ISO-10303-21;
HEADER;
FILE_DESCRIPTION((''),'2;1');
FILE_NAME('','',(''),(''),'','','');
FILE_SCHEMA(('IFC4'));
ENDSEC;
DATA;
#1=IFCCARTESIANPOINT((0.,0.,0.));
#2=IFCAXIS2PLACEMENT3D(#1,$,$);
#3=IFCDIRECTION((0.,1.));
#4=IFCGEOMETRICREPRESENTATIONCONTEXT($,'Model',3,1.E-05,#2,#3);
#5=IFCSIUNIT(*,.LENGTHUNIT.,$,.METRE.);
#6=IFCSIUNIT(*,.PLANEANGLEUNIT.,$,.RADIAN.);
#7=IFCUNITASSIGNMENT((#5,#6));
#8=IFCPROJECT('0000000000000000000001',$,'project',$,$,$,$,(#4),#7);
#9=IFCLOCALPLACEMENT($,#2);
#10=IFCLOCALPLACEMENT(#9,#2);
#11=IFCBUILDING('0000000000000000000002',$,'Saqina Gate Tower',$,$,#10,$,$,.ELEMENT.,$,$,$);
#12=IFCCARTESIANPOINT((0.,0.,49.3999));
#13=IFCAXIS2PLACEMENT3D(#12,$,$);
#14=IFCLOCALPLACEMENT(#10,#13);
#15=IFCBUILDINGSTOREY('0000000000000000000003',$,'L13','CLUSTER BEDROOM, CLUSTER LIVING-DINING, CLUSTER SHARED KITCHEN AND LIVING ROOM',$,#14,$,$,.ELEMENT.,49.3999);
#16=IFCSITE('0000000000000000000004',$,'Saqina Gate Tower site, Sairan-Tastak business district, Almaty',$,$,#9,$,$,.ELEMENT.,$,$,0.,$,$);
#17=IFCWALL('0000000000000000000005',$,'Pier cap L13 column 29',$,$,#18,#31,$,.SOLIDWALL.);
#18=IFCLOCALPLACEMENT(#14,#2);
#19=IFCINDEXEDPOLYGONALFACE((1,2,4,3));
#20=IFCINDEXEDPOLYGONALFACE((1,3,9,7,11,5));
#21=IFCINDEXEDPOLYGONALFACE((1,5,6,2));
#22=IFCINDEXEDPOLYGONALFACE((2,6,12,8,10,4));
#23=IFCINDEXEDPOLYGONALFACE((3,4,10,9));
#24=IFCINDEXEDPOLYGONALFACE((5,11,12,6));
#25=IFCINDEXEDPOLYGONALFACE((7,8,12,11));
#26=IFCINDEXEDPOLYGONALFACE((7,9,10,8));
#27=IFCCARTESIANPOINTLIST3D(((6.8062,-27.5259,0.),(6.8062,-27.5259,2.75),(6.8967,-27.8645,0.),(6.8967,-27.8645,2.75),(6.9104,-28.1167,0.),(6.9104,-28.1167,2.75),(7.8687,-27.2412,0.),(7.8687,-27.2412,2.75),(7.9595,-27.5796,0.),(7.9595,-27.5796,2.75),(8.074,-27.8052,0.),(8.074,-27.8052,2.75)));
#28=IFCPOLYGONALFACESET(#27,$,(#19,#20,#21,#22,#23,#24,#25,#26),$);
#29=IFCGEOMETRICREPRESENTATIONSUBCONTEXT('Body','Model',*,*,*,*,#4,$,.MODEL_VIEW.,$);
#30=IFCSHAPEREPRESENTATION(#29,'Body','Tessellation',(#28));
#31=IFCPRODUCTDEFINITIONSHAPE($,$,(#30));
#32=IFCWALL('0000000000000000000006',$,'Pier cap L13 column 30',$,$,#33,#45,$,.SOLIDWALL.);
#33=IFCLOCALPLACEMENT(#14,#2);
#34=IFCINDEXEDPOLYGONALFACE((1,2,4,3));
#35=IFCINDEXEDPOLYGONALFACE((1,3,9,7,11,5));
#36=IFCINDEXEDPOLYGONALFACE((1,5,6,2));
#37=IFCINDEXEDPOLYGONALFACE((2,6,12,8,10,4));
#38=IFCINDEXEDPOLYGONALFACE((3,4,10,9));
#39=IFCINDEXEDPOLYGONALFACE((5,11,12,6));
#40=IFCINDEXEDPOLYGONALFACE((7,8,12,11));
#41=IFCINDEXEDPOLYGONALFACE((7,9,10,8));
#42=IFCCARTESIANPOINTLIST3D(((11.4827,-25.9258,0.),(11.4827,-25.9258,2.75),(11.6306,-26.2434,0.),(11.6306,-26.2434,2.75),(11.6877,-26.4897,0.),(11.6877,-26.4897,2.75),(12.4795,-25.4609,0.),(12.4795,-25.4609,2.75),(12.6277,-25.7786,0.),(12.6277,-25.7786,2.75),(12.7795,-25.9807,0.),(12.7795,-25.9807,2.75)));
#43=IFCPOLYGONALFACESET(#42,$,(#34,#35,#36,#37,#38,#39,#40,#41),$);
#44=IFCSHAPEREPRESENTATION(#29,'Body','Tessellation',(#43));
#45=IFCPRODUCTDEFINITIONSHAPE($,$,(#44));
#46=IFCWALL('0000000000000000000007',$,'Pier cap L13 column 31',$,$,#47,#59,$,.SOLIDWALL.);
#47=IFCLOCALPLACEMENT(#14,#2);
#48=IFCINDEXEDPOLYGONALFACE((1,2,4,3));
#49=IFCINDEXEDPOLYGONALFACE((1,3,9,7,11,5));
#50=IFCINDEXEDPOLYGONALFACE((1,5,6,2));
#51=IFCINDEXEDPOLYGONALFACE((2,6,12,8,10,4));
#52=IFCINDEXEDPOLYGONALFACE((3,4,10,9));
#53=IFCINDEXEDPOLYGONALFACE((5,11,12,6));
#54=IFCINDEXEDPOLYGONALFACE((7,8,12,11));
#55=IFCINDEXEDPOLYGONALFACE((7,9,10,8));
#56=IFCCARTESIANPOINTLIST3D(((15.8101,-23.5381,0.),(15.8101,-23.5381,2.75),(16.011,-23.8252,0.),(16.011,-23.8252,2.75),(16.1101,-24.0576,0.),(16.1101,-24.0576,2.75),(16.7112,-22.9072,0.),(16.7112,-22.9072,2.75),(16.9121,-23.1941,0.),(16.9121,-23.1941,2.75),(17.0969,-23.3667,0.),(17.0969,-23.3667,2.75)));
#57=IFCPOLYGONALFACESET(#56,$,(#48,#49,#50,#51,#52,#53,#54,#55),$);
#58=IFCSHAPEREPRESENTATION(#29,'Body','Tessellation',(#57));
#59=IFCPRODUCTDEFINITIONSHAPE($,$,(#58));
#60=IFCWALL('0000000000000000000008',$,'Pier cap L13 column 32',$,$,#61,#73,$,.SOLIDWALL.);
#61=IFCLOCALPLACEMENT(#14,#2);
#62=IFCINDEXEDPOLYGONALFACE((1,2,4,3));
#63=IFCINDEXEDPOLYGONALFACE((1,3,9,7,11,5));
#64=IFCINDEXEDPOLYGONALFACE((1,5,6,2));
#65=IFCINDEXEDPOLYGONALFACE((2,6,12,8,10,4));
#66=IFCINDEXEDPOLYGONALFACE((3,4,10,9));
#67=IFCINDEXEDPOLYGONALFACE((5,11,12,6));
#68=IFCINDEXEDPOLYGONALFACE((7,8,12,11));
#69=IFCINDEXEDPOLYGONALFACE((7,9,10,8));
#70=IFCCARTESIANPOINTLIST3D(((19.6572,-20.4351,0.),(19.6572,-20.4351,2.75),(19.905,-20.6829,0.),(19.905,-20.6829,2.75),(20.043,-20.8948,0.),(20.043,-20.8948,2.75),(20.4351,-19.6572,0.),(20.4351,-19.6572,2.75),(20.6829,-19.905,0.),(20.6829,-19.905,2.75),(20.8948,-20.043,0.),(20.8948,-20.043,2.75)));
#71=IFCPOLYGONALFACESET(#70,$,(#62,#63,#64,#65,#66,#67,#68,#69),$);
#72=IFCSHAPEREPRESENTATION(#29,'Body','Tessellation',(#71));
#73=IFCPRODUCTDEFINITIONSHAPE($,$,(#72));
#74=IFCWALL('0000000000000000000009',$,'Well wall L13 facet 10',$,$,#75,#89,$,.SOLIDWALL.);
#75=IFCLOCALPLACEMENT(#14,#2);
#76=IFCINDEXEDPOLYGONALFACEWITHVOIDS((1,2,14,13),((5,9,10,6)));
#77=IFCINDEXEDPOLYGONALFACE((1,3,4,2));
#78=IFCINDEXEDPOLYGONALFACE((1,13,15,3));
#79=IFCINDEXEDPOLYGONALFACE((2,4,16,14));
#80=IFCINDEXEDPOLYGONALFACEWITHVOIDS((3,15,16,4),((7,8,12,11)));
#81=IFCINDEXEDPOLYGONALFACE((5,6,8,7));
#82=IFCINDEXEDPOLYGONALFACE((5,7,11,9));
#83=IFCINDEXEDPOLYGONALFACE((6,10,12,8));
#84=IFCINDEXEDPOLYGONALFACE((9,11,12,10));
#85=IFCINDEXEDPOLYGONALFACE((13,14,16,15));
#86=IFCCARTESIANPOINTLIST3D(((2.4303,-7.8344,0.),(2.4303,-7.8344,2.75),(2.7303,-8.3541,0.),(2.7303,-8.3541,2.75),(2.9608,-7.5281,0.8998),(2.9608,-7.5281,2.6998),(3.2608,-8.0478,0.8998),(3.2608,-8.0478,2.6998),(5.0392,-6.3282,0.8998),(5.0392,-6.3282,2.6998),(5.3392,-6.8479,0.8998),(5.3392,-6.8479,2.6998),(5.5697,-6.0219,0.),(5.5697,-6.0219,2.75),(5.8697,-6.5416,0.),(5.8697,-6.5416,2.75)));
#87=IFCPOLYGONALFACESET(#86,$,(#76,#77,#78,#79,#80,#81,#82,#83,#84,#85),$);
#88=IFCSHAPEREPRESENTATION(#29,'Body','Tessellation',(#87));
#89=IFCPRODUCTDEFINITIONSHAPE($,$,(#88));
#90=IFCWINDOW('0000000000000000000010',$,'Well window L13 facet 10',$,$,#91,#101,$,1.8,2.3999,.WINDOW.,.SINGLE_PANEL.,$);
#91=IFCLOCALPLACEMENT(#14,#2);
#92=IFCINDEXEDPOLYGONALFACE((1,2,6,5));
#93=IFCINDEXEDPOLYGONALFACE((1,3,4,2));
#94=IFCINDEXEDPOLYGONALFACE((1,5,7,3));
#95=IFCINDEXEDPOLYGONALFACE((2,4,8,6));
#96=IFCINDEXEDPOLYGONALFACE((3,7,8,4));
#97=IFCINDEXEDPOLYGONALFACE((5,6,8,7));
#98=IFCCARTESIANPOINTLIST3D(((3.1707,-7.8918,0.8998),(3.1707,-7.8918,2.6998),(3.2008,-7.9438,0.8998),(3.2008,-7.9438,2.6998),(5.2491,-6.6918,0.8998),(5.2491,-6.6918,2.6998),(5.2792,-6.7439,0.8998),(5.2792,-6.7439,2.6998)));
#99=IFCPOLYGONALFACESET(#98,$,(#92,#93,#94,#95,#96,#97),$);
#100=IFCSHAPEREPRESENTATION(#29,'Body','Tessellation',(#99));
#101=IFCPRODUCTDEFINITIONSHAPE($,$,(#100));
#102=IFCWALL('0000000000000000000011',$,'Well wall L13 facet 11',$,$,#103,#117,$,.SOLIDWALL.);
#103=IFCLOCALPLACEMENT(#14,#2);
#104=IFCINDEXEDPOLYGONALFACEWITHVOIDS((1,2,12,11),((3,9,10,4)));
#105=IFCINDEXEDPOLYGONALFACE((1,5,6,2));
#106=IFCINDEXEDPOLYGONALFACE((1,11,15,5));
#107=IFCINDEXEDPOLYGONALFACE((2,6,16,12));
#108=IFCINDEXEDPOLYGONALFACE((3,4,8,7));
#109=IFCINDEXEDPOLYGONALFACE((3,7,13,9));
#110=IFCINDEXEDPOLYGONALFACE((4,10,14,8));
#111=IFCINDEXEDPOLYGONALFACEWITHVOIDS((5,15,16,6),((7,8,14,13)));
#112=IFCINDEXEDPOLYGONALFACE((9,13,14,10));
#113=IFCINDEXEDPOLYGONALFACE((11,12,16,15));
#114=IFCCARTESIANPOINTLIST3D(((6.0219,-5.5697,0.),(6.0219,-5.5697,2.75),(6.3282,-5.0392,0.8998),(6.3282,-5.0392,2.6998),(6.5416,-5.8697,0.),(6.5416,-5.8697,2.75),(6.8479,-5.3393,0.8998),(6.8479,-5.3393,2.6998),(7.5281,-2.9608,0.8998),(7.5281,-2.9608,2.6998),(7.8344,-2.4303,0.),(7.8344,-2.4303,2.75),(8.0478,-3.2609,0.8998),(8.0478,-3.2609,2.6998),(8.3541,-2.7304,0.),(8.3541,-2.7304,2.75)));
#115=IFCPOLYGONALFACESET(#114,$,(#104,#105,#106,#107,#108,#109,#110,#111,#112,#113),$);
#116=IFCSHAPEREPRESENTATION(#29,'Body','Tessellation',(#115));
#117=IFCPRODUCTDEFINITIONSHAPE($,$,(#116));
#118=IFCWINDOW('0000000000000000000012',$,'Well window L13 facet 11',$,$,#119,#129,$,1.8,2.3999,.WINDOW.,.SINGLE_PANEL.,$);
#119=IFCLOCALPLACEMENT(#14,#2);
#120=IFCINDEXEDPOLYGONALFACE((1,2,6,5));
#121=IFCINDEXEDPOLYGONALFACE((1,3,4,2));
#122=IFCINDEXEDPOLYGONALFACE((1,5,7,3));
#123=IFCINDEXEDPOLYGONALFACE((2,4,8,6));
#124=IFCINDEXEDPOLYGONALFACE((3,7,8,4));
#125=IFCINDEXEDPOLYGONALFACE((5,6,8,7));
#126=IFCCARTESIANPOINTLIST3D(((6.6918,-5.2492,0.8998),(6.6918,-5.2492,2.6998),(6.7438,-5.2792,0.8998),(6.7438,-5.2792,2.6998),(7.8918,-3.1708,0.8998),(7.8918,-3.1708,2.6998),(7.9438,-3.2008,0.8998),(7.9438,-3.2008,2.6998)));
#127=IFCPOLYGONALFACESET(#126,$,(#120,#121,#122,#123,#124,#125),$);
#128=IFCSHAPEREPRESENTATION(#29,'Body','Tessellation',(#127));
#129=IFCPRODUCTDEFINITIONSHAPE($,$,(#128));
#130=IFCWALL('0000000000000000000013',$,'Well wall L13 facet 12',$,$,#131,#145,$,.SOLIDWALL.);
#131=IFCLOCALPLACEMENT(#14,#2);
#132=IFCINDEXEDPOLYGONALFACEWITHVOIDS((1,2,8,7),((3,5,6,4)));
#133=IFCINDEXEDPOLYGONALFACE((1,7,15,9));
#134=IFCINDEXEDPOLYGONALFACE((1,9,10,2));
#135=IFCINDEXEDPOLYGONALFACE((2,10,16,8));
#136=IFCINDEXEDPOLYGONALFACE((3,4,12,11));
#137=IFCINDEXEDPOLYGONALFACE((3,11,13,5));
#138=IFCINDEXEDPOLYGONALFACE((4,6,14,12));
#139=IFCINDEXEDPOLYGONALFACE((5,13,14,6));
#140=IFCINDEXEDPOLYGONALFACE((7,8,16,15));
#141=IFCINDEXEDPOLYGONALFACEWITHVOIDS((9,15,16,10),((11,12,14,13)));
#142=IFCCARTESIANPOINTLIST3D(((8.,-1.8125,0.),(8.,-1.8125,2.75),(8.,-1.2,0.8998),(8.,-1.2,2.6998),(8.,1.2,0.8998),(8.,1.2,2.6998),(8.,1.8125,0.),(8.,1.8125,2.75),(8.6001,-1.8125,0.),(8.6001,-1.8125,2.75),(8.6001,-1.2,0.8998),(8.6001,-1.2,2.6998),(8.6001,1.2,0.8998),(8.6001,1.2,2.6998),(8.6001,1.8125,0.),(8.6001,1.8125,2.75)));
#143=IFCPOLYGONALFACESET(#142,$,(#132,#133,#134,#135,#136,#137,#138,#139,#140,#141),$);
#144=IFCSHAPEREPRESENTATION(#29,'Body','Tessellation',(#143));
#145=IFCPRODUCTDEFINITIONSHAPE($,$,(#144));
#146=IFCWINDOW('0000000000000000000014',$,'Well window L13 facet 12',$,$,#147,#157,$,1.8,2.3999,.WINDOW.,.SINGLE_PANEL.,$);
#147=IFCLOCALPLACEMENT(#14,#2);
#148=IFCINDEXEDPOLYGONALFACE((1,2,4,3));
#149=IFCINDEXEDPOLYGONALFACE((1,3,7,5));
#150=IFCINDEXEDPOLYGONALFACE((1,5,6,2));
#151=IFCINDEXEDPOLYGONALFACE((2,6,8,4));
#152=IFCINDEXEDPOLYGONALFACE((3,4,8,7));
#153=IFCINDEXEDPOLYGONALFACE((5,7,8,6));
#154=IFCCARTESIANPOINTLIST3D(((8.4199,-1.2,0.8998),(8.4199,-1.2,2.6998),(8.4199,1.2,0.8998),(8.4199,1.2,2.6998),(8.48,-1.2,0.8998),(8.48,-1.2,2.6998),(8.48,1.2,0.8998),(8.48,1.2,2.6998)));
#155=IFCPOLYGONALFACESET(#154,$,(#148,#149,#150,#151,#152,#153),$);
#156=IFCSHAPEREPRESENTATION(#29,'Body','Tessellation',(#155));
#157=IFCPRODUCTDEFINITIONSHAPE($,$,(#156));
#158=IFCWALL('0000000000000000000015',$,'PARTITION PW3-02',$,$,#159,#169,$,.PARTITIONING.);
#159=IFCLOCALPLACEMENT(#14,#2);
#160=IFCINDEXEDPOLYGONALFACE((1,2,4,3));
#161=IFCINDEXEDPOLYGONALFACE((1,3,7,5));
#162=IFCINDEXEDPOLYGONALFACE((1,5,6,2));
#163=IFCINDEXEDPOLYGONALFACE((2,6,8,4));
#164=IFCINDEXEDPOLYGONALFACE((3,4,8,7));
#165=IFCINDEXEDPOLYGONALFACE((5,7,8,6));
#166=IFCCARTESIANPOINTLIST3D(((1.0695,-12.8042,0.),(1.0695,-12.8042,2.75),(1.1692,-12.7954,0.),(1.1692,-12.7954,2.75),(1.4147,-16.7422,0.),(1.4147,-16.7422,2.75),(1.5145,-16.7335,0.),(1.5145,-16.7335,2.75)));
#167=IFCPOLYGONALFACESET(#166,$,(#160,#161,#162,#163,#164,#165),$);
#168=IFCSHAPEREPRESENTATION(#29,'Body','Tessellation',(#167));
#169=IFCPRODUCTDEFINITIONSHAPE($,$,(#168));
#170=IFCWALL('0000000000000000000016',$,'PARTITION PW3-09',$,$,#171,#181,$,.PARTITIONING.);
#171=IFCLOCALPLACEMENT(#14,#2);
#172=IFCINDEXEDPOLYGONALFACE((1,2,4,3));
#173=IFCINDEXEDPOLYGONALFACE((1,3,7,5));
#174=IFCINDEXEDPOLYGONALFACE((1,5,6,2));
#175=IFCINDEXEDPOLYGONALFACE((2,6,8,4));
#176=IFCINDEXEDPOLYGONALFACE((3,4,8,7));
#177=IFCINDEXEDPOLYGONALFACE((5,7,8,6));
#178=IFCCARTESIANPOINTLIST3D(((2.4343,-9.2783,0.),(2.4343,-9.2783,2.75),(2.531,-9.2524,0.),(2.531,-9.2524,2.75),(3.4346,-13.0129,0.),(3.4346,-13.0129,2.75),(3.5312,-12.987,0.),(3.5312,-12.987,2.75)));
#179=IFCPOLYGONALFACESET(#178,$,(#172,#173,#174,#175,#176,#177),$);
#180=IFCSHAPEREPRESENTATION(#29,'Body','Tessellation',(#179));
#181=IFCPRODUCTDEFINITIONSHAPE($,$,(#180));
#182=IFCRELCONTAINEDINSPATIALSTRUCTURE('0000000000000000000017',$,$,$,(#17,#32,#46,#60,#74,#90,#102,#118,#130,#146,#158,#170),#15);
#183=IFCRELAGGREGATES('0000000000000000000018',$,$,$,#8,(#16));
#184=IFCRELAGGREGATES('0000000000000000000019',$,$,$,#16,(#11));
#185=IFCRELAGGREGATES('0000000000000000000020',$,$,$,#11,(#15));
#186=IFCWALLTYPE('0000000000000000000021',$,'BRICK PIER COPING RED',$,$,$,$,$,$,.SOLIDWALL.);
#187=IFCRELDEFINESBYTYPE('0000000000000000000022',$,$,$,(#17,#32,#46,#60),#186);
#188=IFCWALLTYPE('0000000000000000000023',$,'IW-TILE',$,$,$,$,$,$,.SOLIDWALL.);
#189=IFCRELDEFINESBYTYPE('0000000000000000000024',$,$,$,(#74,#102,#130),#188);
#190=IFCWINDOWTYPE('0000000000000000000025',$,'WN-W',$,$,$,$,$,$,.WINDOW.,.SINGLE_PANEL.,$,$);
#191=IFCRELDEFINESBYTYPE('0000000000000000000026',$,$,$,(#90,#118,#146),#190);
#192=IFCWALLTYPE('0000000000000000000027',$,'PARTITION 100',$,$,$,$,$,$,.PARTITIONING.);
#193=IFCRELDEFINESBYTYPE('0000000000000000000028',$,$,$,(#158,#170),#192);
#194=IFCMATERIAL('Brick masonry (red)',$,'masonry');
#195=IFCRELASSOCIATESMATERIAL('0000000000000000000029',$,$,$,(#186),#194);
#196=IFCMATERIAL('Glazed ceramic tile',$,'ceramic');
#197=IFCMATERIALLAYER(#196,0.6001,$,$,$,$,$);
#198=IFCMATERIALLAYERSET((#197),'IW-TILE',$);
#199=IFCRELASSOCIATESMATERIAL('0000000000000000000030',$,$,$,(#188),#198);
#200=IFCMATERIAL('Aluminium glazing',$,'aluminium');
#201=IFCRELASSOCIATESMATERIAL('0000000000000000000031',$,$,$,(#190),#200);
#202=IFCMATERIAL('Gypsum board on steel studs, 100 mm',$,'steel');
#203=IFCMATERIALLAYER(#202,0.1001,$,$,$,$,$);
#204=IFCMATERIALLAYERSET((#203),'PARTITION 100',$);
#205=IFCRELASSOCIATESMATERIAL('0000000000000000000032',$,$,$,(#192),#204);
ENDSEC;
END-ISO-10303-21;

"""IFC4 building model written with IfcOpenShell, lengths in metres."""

from ifc_helpers import new_model, si_unit, direction, frame, frame_2d, origin, place, context, subcontext, project, spatial, polyline, rectangle, outline, extrude, material, layer, layer_set, type_object, element, fill, save


model = new_model("IFC4")

# Units and contexts
model_context = context("Model", 3, precision=1e-05, world=origin(), true_north=direction((0.0, 1.0)))
body_context = subcontext(model_context, "Body", "Model", "MODEL_VIEW")
ifc_project = project(units=[si_unit("LENGTHUNIT", "METRE"), si_unit("PLANEANGLEUNIT", "RADIAN")], contexts=[model_context])

# Site, building, storey
site_placement = place(None, origin())
site = spatial("IfcSite", under=ifc_project, at=site_placement, Name="Saqina Gate Tower site, Sairan-Tastak business district, Almaty", CompositionType="ELEMENT", RefElevation=0.0)
building_placement = place(site_placement, origin())
building = spatial("IfcBuilding", under=site, at=building_placement, Name="Saqina Gate Tower", CompositionType="ELEMENT")
storey_placement = place(building_placement, frame((0.0, 0.0, 49.3999)))
storey = spatial("IfcBuildingStorey", under=building, at=storey_placement, Name="L13", Description="CLUSTER BEDROOM, CLUSTER LIVING-DINING, CLUSTER SHARED KITCHEN AND LIVING ROOM", CompositionType="ELEMENT", Elevation=49.3999)

# Walls
ifc_material_1 = material(Name="Brick masonry (red)", Category="masonry")
wall_type_1 = type_object("IfcWallType", Name="BRICK PIER COPING RED", PredefinedType="SOLIDWALL", material=ifc_material_1)
wall_1_placement = place(storey_placement, origin())
element("IfcWall", 1, at=wall_1_placement, inside=storey, type_object=wall_type_1, Name="Pier cap L13 column 29", PredefinedType="SOLIDWALL", context=body_context, shape_type="SweptSolid", body=[
    extrude(outline(polyline([(6.9104, -28.1167), (8.074, -27.8052), (7.8687, -27.2412), (7.9595, -27.5796), (6.8967, -27.8645), (6.8062, -27.5259), (6.9104, -28.1167)])), origin(), (0.0, 0.0, 1.0), 2.75),
])
wall_2_placement = place(storey_placement, origin())
element("IfcWall", 2, at=wall_2_placement, inside=storey, type_object=wall_type_1, Name="Pier cap L13 column 30", PredefinedType="SOLIDWALL", context=body_context, shape_type="SweptSolid", body=[
    extrude(outline(polyline([(12.7795, -25.9807), (12.4795, -25.4609), (12.6277, -25.7786), (11.6306, -26.2434), (11.4827, -25.9258), (11.6877, -26.4897), (12.7795, -25.9807)])), origin(), (0.0, 0.0, 1.0), 2.75),
])
wall_3_placement = place(storey_placement, origin())
element("IfcWall", 3, at=wall_3_placement, inside=storey, type_object=wall_type_1, Name="Pier cap L13 column 31", PredefinedType="SOLIDWALL", context=body_context, shape_type="SweptSolid", body=[
    extrude(outline(polyline([(16.1101, -24.0576), (17.0969, -23.3667), (16.7112, -22.9072), (16.9121, -23.1941), (16.011, -23.8252), (15.8101, -23.5381), (16.1101, -24.0576)])), origin(), (0.0, 0.0, 1.0), 2.75),
])
wall_4_placement = place(storey_placement, origin())
element("IfcWall", 4, at=wall_4_placement, inside=storey, type_object=wall_type_1, Name="Pier cap L13 column 32", PredefinedType="SOLIDWALL", context=body_context, shape_type="SweptSolid", body=[
    extrude(outline(polyline([(20.8948, -20.043), (20.4351, -19.6572), (20.6829, -19.905), (19.905, -20.6829), (19.6572, -20.4351), (20.043, -20.8948), (20.8948, -20.043)])), origin(), (0.0, 0.0, 1.0), 2.75),
])

# Walls, openings, windows
ifc_material_2 = material(Name="Glazed ceramic tile", Category="ceramic")
ifc_layer_1 = layer(ifc_material_2, 0.6001)
ifc_layer_set_1 = layer_set([ifc_layer_1], Name="IW-TILE")
wall_type_2 = type_object("IfcWallType", Name="IW-TILE", PredefinedType="SOLIDWALL", material=ifc_layer_set_1)
wall_5_placement = place(storey_placement, frame((2.5803, -8.0942, 0.0), z_axis=(0.0, 0.0, 1.0), x_axis=(0.86603, 0.499993, 0.0)))
wall_5 = element("IfcWall", 5, at=wall_5_placement, inside=storey, type_object=wall_type_2, Name="Well wall L13 facet 10", PredefinedType="SOLIDWALL", context=body_context, shape_type="SweptSolid", body=[
    extrude(rectangle(XDim=3.625, YDim=0.6001, at=frame_2d((1.8125, 0.0))), origin(), (0.0, 0.0, 1.0), 2.75),
])
opening_1_placement = place(wall_5_placement, frame((0.6125, 0.0, 0.8999)))
opening_1 = element("IfcOpeningElement", 6, at=opening_1_placement, cuts=wall_5, PredefinedType="OPENING", context=body_context, shape_type="SweptSolid", body=[
    extrude(rectangle(XDim=2.3999, YDim=1.8, at=frame_2d((1.2, 0.8999))), frame((0.0, 0.312, 0.0), z_axis=(0.0, -1.0, 0.0), x_axis=(1.0, 0.0, 0.0)), (0.0, 0.0, 1.0), 0.624),
])
ifc_material_3 = material(Name="Aluminium glazing", Category="aluminium")
window_type = type_object("IfcWindowType", Name="WN-W", PartitioningType="SINGLE_PANEL", PredefinedType="WINDOW", material=ifc_material_3)
window_1_placement = place(opening_1_placement, origin())
window_1 = element("IfcWindow", 7, at=window_1_placement, inside=storey, type_object=window_type, Name="Well window L13 facet 10", OverallHeight=1.8, OverallWidth=2.3999, PartitioningType="SINGLE_PANEL", PredefinedType="WINDOW", context=body_context, shape_type="SweptSolid", body=[
    extrude(rectangle(XDim=2.3999, YDim=1.8, at=frame_2d((1.2, 0.8999))), frame((0.0, -0.1199, 0.0), z_axis=(0.0, -1.0, 0.0), x_axis=(1.0, 0.0, 0.0)), (0.0, 0.0, 1.0), 0.0601),
])
fill(opening_1, window_1)
wall_6_placement = place(storey_placement, frame((6.2817, -5.7197, 0.0), z_axis=(0.0, 0.0, 1.0), x_axis=(0.499993, 0.86603, 0.0)))
wall_6 = element("IfcWall", 8, at=wall_6_placement, inside=storey, type_object=wall_type_2, Name="Well wall L13 facet 11", PredefinedType="SOLIDWALL", context=body_context, shape_type="SweptSolid", body=[
    extrude(rectangle(XDim=3.625, YDim=0.6001, at=frame_2d((1.8125, 0.0))), origin(), (0.0, 0.0, 1.0), 2.75),
])
opening_2_placement = place(wall_6_placement, frame((0.6125, 0.0, 0.8999)))
opening_2 = element("IfcOpeningElement", 9, at=opening_2_placement, cuts=wall_6, PredefinedType="OPENING", context=body_context, shape_type="SweptSolid", body=[
    extrude(rectangle(XDim=2.3999, YDim=1.8, at=frame_2d((1.2, 0.8999))), frame((0.0, 0.312, 0.0), z_axis=(0.0, -1.0, 0.0), x_axis=(1.0, 0.0, 0.0)), (0.0, 0.0, 1.0), 0.624),
])
window_2_placement = place(opening_2_placement, origin())
window_2 = element("IfcWindow", 10, at=window_2_placement, inside=storey, type_object=window_type, Name="Well window L13 facet 11", OverallHeight=1.8, OverallWidth=2.3999, PartitioningType="SINGLE_PANEL", PredefinedType="WINDOW", context=body_context, shape_type="SweptSolid", body=[
    extrude(rectangle(XDim=2.3999, YDim=1.8, at=frame_2d((1.2, 0.8999))), frame((0.0, -0.1199, 0.0), z_axis=(0.0, -1.0, 0.0), x_axis=(1.0, 0.0, 0.0)), (0.0, 0.0, 1.0), 0.0601),
])
fill(opening_2, window_2)
wall_7_placement = place(storey_placement, frame((8.3, -1.8125, 0.0), z_axis=(0.0, 0.0, 1.0), x_axis=(0.0, 1.0, 0.0)))
wall_7 = element("IfcWall", 11, at=wall_7_placement, inside=storey, type_object=wall_type_2, Name="Well wall L13 facet 12", PredefinedType="SOLIDWALL", context=body_context, shape_type="SweptSolid", body=[
    extrude(rectangle(XDim=3.625, YDim=0.6001, at=frame_2d((1.8125, 0.0))), origin(), (0.0, 0.0, 1.0), 2.75),
])
opening_3_placement = place(wall_7_placement, frame((0.6125, 0.0, 0.8999)))
opening_3 = element("IfcOpeningElement", 12, at=opening_3_placement, cuts=wall_7, PredefinedType="OPENING", context=body_context, shape_type="SweptSolid", body=[
    extrude(rectangle(XDim=2.3999, YDim=1.8, at=frame_2d((1.2, 0.8999))), frame((0.0, 0.312, 0.0), z_axis=(0.0, -1.0, 0.0), x_axis=(1.0, 0.0, 0.0)), (0.0, 0.0, 1.0), 0.624),
])
window_3_placement = place(opening_3_placement, origin())
window_3 = element("IfcWindow", 13, at=window_3_placement, inside=storey, type_object=window_type, Name="Well window L13 facet 12", OverallHeight=1.8, OverallWidth=2.3999, PartitioningType="SINGLE_PANEL", PredefinedType="WINDOW", context=body_context, shape_type="SweptSolid", body=[
    extrude(rectangle(XDim=2.3999, YDim=1.8, at=frame_2d((1.2, 0.8999))), frame((0.0, -0.1199, 0.0), z_axis=(0.0, -1.0, 0.0), x_axis=(1.0, 0.0, 0.0)), (0.0, 0.0, 1.0), 0.0601),
])
fill(opening_3, window_3)

# Walls
ifc_material_4 = material(Name="Gypsum board on steel studs, 100 mm", Category="steel")
ifc_layer_2 = layer(ifc_material_4, 0.1001)
ifc_layer_set_2 = layer_set([ifc_layer_2], Name="PARTITION 100")
wall_type_3 = type_object("IfcWallType", Name="PARTITION 100", PredefinedType="PARTITIONING", material=ifc_layer_set_2)
wall_8_placement = place(storey_placement, frame((1.1194, -12.7998, 0.0), z_axis=(0.0, 0.0, 1.0), x_axis=(0.087328, -0.99618, 0.0)))
element("IfcWall", 14, at=wall_8_placement, inside=storey, type_object=wall_type_3, Name="PARTITION PW3-02", PredefinedType="PARTITIONING", context=body_context, shape_type="SweptSolid", body=[
    extrude(rectangle(XDim=3.9531, YDim=0.1001, at=frame_2d((1.9766, 0.0))), origin(), (0.0, 0.0, 1.0), 2.75),
])
wall_9_placement = place(storey_placement, frame((2.4827, -9.2654, 0.0), z_axis=(0.0, 0.0, 1.0), x_axis=(0.258712, -0.965955, 0.0)))
element("IfcWall", 15, at=wall_9_placement, inside=storey, type_object=wall_type_3, Name="PARTITION PW3-09", PredefinedType="PARTITIONING", context=body_context, shape_type="SweptSolid", body=[
    extrude(rectangle(XDim=3.8662, YDim=0.1001, at=frame_2d((1.9331, 0.0))), origin(), (0.0, 0.0, 1.0), 2.75),
])

save(model, "model.ifc")
